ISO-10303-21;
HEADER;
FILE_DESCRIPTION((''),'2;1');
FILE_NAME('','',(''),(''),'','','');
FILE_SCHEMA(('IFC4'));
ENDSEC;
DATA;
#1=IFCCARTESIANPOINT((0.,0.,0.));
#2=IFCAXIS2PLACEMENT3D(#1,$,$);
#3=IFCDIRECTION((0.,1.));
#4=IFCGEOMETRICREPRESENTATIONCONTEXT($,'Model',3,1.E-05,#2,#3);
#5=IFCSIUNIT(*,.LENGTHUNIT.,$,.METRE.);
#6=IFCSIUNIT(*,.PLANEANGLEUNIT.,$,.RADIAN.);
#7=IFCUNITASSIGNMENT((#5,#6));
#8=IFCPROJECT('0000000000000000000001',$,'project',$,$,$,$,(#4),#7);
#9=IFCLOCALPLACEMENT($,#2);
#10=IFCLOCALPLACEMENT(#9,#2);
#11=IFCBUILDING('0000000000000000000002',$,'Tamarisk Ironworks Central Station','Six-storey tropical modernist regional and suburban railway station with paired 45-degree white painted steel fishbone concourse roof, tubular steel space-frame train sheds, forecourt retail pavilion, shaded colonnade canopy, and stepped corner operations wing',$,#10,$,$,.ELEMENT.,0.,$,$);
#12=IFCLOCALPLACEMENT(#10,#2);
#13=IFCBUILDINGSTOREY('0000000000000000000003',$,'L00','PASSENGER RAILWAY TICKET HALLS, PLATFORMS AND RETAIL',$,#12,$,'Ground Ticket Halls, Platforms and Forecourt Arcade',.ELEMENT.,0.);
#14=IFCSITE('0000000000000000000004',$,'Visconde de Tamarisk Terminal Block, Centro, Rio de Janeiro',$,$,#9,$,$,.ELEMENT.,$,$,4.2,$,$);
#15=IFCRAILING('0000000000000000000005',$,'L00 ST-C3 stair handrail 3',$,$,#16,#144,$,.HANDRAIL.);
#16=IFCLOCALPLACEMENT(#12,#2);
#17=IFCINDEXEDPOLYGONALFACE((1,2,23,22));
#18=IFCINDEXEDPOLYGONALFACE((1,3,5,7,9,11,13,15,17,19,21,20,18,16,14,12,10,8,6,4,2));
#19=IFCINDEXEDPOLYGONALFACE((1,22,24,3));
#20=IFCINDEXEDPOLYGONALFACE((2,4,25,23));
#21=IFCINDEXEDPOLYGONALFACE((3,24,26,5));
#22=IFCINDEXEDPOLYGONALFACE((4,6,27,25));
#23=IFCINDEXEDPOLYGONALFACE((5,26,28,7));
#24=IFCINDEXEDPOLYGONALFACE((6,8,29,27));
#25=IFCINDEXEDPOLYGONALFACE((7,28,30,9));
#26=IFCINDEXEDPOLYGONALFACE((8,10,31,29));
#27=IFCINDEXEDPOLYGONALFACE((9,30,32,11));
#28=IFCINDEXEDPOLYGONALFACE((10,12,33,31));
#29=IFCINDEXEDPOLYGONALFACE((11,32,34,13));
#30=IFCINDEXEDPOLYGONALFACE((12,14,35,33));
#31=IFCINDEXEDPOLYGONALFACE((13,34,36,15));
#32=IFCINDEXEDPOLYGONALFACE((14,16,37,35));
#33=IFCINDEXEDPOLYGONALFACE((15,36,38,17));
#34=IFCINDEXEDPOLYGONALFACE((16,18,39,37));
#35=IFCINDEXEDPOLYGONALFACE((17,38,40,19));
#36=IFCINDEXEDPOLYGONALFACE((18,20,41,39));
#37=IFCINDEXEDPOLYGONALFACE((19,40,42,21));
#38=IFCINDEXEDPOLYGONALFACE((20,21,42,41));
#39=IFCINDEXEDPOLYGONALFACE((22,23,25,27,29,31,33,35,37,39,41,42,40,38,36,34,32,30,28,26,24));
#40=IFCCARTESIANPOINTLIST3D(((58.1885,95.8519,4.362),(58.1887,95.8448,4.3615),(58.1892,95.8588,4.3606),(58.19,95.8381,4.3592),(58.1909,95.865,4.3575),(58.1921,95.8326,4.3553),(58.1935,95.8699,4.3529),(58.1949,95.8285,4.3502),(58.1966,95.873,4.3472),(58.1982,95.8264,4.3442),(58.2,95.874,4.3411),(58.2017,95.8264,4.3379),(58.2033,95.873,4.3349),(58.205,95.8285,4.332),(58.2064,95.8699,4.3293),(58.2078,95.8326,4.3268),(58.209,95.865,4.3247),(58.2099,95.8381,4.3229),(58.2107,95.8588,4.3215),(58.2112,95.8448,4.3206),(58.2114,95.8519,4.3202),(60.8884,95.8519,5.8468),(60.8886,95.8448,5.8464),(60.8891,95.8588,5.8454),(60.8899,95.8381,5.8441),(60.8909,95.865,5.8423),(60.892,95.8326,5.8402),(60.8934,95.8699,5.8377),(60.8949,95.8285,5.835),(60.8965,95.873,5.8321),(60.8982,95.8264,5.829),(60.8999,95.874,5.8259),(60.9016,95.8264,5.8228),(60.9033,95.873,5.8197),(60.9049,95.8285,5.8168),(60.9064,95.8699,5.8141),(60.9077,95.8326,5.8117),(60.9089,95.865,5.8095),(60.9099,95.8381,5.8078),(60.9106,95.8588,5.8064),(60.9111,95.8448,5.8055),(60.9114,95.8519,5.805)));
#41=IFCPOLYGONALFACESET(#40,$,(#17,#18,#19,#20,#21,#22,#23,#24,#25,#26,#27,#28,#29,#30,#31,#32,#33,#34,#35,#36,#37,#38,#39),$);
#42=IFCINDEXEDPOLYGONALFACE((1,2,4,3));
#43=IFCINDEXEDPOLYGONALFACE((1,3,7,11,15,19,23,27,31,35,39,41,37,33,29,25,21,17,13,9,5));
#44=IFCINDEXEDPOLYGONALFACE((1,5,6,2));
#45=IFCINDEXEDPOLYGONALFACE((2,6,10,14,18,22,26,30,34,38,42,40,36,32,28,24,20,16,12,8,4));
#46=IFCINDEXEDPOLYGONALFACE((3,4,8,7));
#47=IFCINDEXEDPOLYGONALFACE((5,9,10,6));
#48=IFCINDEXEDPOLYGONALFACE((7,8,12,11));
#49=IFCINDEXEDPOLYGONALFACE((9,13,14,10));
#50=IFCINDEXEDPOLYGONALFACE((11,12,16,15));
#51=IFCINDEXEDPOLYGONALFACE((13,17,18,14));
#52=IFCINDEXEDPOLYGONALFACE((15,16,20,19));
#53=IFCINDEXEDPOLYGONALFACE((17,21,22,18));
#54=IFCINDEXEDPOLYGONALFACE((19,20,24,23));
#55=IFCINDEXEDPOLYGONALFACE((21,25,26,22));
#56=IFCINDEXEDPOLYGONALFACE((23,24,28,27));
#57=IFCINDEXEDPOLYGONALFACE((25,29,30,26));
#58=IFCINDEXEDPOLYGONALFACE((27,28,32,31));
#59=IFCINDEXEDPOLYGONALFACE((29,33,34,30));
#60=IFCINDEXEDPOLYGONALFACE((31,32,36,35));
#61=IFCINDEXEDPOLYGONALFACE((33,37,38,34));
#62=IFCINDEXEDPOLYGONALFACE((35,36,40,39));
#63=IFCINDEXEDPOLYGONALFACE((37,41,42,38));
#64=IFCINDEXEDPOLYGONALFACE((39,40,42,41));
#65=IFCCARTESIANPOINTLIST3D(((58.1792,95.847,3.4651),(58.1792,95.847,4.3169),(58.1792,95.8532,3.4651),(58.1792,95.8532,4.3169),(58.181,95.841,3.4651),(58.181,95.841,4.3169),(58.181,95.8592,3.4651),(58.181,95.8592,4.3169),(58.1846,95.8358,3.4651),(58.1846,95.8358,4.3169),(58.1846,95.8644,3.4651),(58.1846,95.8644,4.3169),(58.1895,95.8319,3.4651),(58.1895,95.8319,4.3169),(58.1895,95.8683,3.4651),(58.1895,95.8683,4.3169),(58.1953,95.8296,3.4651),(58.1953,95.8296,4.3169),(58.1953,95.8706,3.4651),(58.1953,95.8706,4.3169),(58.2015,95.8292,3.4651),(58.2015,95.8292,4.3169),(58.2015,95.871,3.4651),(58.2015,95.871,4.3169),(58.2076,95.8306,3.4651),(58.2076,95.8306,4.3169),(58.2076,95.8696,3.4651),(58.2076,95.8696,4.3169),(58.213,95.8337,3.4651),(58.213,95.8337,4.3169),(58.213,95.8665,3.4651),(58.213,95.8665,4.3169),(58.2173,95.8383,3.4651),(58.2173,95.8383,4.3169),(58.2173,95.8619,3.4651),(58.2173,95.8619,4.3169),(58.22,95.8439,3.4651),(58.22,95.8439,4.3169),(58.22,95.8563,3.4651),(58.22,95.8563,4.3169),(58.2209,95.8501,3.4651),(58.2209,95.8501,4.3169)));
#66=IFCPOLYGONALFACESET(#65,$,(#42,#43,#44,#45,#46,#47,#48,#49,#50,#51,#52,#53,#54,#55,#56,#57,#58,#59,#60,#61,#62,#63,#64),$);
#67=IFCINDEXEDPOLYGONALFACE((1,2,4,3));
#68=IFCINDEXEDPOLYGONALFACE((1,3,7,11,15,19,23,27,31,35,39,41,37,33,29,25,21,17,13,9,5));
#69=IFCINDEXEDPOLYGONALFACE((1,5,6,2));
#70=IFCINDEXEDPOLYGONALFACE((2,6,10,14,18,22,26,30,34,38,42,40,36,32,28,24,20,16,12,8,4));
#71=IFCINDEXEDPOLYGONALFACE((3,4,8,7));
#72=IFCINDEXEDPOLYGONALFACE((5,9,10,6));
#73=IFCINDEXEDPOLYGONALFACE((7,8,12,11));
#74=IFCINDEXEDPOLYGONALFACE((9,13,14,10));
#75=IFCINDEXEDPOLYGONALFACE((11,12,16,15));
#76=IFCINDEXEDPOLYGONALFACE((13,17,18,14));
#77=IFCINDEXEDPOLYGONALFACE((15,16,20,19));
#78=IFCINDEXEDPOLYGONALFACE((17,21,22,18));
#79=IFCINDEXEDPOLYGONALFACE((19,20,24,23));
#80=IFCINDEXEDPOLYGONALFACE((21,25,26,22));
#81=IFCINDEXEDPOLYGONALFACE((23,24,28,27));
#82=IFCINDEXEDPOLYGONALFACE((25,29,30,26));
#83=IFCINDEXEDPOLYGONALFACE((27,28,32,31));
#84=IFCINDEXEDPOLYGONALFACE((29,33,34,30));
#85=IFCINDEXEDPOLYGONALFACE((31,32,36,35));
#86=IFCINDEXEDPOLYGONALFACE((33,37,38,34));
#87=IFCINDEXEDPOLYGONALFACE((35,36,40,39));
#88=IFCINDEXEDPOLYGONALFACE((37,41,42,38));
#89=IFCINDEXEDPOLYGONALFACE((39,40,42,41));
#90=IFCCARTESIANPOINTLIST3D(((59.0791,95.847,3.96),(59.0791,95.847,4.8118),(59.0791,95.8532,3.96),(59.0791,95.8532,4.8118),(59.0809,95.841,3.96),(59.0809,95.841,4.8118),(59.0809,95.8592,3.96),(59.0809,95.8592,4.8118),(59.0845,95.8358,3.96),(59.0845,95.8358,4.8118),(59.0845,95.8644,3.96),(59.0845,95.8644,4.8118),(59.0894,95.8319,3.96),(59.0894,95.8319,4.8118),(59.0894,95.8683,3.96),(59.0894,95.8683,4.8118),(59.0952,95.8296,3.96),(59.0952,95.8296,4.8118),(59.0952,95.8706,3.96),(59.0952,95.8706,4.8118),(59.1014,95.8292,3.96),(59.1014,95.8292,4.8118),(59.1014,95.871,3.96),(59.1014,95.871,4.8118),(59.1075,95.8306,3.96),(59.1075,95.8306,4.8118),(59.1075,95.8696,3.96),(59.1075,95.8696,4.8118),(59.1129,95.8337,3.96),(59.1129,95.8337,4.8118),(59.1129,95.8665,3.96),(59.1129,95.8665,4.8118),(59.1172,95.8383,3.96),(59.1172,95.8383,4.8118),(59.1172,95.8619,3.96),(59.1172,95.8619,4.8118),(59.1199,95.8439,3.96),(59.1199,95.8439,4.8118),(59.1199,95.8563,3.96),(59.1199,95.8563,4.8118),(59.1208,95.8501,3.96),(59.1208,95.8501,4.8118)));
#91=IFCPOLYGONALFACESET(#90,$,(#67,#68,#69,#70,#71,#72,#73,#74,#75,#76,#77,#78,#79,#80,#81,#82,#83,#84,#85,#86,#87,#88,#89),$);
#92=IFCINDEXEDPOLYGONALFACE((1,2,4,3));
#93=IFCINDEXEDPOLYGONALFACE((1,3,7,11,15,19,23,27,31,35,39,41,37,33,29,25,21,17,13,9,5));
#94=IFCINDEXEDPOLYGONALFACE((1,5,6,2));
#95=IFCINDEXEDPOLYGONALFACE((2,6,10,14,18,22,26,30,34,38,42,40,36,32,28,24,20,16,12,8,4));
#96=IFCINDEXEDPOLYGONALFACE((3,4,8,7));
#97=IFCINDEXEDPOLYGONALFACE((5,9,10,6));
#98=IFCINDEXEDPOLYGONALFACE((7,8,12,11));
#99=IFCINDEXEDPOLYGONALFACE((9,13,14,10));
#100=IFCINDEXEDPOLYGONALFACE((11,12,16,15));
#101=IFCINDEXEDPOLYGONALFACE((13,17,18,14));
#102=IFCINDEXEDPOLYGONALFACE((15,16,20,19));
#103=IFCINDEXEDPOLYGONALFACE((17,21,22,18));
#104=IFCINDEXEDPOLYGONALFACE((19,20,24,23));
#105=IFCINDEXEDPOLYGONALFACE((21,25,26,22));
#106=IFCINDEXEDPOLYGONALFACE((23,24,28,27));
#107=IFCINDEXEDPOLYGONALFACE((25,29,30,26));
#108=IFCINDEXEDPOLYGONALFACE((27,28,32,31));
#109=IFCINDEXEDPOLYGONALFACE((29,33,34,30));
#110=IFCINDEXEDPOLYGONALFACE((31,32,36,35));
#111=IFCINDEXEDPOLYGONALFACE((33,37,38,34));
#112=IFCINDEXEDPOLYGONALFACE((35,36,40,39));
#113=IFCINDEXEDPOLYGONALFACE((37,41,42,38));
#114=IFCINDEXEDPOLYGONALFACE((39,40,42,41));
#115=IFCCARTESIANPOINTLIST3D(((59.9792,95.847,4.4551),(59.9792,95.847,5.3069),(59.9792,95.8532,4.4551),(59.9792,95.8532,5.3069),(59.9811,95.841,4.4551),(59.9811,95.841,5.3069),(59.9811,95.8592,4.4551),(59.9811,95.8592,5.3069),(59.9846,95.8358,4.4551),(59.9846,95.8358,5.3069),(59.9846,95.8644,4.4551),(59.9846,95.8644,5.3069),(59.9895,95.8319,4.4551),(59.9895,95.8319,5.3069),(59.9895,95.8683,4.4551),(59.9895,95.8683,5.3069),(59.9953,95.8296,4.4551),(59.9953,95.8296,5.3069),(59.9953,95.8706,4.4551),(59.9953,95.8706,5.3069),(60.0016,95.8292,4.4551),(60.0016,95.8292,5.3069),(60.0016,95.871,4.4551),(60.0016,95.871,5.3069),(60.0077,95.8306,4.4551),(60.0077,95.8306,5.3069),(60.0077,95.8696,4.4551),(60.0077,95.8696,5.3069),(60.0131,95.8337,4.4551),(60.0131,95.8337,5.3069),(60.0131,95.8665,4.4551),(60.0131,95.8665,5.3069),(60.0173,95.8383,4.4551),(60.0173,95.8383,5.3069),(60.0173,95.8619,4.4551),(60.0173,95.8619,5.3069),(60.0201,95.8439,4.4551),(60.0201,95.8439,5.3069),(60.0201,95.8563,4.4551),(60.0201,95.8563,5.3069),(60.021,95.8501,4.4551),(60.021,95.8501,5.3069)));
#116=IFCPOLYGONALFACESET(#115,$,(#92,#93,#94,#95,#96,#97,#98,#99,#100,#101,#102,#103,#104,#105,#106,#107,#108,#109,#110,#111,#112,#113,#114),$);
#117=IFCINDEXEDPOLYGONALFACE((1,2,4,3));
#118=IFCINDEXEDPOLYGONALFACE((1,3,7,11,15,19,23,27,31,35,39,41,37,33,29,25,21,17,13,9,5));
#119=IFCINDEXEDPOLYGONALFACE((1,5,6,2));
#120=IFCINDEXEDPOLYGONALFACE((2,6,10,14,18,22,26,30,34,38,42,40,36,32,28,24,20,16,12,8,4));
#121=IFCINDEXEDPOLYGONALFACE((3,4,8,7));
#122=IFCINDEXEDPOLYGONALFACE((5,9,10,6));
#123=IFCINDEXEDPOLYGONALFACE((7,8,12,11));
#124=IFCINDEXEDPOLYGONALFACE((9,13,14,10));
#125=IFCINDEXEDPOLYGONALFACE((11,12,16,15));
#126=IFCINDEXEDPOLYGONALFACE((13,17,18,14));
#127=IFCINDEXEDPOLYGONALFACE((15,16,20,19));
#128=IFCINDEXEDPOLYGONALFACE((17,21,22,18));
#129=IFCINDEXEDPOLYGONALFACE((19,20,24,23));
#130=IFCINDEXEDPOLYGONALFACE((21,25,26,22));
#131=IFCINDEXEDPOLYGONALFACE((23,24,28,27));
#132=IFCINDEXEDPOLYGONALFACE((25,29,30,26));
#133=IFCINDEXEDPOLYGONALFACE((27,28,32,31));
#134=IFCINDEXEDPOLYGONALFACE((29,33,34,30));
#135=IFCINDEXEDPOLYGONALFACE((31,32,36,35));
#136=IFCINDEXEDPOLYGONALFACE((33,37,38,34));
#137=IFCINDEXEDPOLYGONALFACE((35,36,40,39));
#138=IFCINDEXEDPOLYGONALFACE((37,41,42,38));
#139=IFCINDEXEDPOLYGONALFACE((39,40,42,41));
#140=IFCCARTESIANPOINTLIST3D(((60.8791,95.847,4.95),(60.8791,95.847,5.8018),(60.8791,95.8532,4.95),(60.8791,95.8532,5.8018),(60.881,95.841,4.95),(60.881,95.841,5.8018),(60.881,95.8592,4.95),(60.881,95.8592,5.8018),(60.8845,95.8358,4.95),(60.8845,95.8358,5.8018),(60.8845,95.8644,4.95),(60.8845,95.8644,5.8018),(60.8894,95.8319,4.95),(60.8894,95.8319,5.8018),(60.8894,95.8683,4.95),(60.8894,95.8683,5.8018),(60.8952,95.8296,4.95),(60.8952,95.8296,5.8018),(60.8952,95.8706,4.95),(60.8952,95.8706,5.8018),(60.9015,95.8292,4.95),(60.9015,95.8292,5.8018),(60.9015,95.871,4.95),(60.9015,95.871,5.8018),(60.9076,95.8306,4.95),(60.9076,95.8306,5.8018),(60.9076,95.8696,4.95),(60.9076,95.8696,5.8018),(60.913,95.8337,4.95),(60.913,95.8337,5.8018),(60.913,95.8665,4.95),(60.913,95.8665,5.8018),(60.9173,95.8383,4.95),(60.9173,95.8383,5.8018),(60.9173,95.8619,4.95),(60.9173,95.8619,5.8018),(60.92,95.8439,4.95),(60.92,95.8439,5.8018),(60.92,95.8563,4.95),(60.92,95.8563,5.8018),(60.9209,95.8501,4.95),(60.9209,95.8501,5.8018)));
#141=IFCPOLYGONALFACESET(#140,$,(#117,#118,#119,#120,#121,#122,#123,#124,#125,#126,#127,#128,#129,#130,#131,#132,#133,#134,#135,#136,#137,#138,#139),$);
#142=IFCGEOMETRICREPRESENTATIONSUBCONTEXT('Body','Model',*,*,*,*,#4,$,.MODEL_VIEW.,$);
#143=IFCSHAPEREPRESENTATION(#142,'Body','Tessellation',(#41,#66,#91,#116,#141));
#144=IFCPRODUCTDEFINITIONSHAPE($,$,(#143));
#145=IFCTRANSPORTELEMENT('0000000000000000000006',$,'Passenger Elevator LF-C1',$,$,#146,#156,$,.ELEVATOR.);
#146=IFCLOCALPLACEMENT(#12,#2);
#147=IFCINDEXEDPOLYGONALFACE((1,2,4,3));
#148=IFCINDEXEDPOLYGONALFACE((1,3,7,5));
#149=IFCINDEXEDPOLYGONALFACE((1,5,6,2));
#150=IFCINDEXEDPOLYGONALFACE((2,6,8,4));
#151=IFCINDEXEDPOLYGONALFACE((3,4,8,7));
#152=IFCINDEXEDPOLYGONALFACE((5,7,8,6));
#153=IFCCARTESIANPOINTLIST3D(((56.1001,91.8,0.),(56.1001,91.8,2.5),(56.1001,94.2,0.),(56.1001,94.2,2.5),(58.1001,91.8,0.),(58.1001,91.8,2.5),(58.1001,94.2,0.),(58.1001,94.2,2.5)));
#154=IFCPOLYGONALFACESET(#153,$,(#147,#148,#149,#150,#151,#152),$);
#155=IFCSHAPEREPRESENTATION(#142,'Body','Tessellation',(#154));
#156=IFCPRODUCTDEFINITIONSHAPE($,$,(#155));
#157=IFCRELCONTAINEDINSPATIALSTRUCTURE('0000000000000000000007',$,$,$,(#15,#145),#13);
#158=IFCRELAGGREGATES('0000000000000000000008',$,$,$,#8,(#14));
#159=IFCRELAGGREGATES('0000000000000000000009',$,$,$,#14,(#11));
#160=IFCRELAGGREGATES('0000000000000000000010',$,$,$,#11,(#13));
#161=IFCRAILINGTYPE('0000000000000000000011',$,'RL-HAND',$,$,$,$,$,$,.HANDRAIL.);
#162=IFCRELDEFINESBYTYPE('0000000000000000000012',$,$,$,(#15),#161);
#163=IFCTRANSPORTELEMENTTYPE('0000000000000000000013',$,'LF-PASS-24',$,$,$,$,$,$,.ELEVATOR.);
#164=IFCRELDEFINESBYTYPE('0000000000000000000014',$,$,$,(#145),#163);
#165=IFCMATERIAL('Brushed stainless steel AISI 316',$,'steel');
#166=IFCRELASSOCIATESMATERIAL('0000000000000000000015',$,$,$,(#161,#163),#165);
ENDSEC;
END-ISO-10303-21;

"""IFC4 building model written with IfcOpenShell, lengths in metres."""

from ifc_helpers import new_model, si_unit, direction, frame, origin, origin_2d, place, context, subcontext, project, spatial, rectangle, circle, extrude, material, type_object, element, save


model = new_model("IFC4")

# Units and contexts
model_context = context("Model", 3, precision=1e-05, world=origin(), true_north=direction((0.0, 1.0)))
body_context = subcontext(model_context, "Body", "Model", "MODEL_VIEW")
ifc_project = project(units=[si_unit("LENGTHUNIT", "METRE"), si_unit("PLANEANGLEUNIT", "RADIAN")], contexts=[model_context])

# Site, building, storey
site_placement = place(None, origin())
site = spatial("IfcSite", under=ifc_project, at=site_placement, Name="Visconde de Tamarisk Terminal Block, Centro, Rio de Janeiro", CompositionType="ELEMENT", RefElevation=4.2)
building_placement = place(site_placement, origin())
building = spatial("IfcBuilding", under=site, at=building_placement, Name="Tamarisk Ironworks Central Station", Description="Six-storey tropical modernist regional and suburban railway station with paired 45-degree white painted steel fishbone concourse roof, tubular steel space-frame train sheds, forecourt retail pavilion, shaded colonnade canopy, and stepped corner operations wing", CompositionType="ELEMENT", ElevationOfRefHeight=0.0)
storey_placement = place(building_placement, origin())
storey = spatial("IfcBuildingStorey", under=building, at=storey_placement, Name="L00", Description="PASSENGER RAILWAY TICKET HALLS, PLATFORMS AND RETAIL", LongName="Ground Ticket Halls, Platforms and Forecourt Arcade", CompositionType="ELEMENT", Elevation=0.0)

# Railing
ifc_material_1 = material(Name="Brushed stainless steel AISI 316", Category="steel")
railing_type_1 = type_object("IfcRailingType", Name="RL-HAND", PredefinedType="HANDRAIL", material=ifc_material_1)
for number, where, name in (
    (1, (58.2, 95.8501, 3.4651), "L00 ST-C3 stair handrail 3"),
):
    element("IfcRailing", number, at=place(storey_placement, frame(where)), inside=storey, type_object=railing_type_1, Name=name, PredefinedType="HANDRAIL", context=body_context, shape_type="SweptSolid", body=[
        extrude(circle(Radius=0.0239, at=origin_2d()), frame((0.0, 0.0, 0.876), z_axis=(0.876231, 0.0, 0.481891), x_axis=(0.0, 1.0, 0.0)), (0.0, 0.0, 1.0), 3.0813),
        extrude(circle(Radius=0.021, at=origin_2d()), origin(), (0.0, 0.0, 1.0), 0.8518),
        extrude(circle(Radius=0.021, at=origin_2d()), frame((0.8999, 0.0, 0.4949)), (0.0, 0.0, 1.0), 0.8518),
        extrude(circle(Radius=0.021, at=origin_2d()), frame((1.8, 0.0, 0.99)), (0.0, 0.0, 1.0), 0.8518),
        extrude(circle(Radius=0.021, at=origin_2d()), frame((2.7, 0.0, 1.4849)), (0.0, 0.0, 1.0), 0.8518),
    ])

# Transport element
transport_element_type = type_object("IfcTransportElementType", Name="LF-PASS-24", PredefinedType="ELEVATOR", material=ifc_material_1)
transport_element_placement = place(storey_placement, frame((57.1001, 93.0, 0.0), z_axis=(0.0, 0.0, 1.0), x_axis=(1.0, 0.0, 0.0)))
element("IfcTransportElement", 2, at=transport_element_placement, inside=storey, type_object=transport_element_type, Name="Passenger Elevator LF-C1", PredefinedType="ELEVATOR", context=body_context, shape_type="SweptSolid", body=[
    extrude(rectangle(XDim=2.0, YDim=2.3999, at=origin_2d()), origin(), (0.0, 0.0, 1.0), 2.5),
])

save(model, "model.ifc")
